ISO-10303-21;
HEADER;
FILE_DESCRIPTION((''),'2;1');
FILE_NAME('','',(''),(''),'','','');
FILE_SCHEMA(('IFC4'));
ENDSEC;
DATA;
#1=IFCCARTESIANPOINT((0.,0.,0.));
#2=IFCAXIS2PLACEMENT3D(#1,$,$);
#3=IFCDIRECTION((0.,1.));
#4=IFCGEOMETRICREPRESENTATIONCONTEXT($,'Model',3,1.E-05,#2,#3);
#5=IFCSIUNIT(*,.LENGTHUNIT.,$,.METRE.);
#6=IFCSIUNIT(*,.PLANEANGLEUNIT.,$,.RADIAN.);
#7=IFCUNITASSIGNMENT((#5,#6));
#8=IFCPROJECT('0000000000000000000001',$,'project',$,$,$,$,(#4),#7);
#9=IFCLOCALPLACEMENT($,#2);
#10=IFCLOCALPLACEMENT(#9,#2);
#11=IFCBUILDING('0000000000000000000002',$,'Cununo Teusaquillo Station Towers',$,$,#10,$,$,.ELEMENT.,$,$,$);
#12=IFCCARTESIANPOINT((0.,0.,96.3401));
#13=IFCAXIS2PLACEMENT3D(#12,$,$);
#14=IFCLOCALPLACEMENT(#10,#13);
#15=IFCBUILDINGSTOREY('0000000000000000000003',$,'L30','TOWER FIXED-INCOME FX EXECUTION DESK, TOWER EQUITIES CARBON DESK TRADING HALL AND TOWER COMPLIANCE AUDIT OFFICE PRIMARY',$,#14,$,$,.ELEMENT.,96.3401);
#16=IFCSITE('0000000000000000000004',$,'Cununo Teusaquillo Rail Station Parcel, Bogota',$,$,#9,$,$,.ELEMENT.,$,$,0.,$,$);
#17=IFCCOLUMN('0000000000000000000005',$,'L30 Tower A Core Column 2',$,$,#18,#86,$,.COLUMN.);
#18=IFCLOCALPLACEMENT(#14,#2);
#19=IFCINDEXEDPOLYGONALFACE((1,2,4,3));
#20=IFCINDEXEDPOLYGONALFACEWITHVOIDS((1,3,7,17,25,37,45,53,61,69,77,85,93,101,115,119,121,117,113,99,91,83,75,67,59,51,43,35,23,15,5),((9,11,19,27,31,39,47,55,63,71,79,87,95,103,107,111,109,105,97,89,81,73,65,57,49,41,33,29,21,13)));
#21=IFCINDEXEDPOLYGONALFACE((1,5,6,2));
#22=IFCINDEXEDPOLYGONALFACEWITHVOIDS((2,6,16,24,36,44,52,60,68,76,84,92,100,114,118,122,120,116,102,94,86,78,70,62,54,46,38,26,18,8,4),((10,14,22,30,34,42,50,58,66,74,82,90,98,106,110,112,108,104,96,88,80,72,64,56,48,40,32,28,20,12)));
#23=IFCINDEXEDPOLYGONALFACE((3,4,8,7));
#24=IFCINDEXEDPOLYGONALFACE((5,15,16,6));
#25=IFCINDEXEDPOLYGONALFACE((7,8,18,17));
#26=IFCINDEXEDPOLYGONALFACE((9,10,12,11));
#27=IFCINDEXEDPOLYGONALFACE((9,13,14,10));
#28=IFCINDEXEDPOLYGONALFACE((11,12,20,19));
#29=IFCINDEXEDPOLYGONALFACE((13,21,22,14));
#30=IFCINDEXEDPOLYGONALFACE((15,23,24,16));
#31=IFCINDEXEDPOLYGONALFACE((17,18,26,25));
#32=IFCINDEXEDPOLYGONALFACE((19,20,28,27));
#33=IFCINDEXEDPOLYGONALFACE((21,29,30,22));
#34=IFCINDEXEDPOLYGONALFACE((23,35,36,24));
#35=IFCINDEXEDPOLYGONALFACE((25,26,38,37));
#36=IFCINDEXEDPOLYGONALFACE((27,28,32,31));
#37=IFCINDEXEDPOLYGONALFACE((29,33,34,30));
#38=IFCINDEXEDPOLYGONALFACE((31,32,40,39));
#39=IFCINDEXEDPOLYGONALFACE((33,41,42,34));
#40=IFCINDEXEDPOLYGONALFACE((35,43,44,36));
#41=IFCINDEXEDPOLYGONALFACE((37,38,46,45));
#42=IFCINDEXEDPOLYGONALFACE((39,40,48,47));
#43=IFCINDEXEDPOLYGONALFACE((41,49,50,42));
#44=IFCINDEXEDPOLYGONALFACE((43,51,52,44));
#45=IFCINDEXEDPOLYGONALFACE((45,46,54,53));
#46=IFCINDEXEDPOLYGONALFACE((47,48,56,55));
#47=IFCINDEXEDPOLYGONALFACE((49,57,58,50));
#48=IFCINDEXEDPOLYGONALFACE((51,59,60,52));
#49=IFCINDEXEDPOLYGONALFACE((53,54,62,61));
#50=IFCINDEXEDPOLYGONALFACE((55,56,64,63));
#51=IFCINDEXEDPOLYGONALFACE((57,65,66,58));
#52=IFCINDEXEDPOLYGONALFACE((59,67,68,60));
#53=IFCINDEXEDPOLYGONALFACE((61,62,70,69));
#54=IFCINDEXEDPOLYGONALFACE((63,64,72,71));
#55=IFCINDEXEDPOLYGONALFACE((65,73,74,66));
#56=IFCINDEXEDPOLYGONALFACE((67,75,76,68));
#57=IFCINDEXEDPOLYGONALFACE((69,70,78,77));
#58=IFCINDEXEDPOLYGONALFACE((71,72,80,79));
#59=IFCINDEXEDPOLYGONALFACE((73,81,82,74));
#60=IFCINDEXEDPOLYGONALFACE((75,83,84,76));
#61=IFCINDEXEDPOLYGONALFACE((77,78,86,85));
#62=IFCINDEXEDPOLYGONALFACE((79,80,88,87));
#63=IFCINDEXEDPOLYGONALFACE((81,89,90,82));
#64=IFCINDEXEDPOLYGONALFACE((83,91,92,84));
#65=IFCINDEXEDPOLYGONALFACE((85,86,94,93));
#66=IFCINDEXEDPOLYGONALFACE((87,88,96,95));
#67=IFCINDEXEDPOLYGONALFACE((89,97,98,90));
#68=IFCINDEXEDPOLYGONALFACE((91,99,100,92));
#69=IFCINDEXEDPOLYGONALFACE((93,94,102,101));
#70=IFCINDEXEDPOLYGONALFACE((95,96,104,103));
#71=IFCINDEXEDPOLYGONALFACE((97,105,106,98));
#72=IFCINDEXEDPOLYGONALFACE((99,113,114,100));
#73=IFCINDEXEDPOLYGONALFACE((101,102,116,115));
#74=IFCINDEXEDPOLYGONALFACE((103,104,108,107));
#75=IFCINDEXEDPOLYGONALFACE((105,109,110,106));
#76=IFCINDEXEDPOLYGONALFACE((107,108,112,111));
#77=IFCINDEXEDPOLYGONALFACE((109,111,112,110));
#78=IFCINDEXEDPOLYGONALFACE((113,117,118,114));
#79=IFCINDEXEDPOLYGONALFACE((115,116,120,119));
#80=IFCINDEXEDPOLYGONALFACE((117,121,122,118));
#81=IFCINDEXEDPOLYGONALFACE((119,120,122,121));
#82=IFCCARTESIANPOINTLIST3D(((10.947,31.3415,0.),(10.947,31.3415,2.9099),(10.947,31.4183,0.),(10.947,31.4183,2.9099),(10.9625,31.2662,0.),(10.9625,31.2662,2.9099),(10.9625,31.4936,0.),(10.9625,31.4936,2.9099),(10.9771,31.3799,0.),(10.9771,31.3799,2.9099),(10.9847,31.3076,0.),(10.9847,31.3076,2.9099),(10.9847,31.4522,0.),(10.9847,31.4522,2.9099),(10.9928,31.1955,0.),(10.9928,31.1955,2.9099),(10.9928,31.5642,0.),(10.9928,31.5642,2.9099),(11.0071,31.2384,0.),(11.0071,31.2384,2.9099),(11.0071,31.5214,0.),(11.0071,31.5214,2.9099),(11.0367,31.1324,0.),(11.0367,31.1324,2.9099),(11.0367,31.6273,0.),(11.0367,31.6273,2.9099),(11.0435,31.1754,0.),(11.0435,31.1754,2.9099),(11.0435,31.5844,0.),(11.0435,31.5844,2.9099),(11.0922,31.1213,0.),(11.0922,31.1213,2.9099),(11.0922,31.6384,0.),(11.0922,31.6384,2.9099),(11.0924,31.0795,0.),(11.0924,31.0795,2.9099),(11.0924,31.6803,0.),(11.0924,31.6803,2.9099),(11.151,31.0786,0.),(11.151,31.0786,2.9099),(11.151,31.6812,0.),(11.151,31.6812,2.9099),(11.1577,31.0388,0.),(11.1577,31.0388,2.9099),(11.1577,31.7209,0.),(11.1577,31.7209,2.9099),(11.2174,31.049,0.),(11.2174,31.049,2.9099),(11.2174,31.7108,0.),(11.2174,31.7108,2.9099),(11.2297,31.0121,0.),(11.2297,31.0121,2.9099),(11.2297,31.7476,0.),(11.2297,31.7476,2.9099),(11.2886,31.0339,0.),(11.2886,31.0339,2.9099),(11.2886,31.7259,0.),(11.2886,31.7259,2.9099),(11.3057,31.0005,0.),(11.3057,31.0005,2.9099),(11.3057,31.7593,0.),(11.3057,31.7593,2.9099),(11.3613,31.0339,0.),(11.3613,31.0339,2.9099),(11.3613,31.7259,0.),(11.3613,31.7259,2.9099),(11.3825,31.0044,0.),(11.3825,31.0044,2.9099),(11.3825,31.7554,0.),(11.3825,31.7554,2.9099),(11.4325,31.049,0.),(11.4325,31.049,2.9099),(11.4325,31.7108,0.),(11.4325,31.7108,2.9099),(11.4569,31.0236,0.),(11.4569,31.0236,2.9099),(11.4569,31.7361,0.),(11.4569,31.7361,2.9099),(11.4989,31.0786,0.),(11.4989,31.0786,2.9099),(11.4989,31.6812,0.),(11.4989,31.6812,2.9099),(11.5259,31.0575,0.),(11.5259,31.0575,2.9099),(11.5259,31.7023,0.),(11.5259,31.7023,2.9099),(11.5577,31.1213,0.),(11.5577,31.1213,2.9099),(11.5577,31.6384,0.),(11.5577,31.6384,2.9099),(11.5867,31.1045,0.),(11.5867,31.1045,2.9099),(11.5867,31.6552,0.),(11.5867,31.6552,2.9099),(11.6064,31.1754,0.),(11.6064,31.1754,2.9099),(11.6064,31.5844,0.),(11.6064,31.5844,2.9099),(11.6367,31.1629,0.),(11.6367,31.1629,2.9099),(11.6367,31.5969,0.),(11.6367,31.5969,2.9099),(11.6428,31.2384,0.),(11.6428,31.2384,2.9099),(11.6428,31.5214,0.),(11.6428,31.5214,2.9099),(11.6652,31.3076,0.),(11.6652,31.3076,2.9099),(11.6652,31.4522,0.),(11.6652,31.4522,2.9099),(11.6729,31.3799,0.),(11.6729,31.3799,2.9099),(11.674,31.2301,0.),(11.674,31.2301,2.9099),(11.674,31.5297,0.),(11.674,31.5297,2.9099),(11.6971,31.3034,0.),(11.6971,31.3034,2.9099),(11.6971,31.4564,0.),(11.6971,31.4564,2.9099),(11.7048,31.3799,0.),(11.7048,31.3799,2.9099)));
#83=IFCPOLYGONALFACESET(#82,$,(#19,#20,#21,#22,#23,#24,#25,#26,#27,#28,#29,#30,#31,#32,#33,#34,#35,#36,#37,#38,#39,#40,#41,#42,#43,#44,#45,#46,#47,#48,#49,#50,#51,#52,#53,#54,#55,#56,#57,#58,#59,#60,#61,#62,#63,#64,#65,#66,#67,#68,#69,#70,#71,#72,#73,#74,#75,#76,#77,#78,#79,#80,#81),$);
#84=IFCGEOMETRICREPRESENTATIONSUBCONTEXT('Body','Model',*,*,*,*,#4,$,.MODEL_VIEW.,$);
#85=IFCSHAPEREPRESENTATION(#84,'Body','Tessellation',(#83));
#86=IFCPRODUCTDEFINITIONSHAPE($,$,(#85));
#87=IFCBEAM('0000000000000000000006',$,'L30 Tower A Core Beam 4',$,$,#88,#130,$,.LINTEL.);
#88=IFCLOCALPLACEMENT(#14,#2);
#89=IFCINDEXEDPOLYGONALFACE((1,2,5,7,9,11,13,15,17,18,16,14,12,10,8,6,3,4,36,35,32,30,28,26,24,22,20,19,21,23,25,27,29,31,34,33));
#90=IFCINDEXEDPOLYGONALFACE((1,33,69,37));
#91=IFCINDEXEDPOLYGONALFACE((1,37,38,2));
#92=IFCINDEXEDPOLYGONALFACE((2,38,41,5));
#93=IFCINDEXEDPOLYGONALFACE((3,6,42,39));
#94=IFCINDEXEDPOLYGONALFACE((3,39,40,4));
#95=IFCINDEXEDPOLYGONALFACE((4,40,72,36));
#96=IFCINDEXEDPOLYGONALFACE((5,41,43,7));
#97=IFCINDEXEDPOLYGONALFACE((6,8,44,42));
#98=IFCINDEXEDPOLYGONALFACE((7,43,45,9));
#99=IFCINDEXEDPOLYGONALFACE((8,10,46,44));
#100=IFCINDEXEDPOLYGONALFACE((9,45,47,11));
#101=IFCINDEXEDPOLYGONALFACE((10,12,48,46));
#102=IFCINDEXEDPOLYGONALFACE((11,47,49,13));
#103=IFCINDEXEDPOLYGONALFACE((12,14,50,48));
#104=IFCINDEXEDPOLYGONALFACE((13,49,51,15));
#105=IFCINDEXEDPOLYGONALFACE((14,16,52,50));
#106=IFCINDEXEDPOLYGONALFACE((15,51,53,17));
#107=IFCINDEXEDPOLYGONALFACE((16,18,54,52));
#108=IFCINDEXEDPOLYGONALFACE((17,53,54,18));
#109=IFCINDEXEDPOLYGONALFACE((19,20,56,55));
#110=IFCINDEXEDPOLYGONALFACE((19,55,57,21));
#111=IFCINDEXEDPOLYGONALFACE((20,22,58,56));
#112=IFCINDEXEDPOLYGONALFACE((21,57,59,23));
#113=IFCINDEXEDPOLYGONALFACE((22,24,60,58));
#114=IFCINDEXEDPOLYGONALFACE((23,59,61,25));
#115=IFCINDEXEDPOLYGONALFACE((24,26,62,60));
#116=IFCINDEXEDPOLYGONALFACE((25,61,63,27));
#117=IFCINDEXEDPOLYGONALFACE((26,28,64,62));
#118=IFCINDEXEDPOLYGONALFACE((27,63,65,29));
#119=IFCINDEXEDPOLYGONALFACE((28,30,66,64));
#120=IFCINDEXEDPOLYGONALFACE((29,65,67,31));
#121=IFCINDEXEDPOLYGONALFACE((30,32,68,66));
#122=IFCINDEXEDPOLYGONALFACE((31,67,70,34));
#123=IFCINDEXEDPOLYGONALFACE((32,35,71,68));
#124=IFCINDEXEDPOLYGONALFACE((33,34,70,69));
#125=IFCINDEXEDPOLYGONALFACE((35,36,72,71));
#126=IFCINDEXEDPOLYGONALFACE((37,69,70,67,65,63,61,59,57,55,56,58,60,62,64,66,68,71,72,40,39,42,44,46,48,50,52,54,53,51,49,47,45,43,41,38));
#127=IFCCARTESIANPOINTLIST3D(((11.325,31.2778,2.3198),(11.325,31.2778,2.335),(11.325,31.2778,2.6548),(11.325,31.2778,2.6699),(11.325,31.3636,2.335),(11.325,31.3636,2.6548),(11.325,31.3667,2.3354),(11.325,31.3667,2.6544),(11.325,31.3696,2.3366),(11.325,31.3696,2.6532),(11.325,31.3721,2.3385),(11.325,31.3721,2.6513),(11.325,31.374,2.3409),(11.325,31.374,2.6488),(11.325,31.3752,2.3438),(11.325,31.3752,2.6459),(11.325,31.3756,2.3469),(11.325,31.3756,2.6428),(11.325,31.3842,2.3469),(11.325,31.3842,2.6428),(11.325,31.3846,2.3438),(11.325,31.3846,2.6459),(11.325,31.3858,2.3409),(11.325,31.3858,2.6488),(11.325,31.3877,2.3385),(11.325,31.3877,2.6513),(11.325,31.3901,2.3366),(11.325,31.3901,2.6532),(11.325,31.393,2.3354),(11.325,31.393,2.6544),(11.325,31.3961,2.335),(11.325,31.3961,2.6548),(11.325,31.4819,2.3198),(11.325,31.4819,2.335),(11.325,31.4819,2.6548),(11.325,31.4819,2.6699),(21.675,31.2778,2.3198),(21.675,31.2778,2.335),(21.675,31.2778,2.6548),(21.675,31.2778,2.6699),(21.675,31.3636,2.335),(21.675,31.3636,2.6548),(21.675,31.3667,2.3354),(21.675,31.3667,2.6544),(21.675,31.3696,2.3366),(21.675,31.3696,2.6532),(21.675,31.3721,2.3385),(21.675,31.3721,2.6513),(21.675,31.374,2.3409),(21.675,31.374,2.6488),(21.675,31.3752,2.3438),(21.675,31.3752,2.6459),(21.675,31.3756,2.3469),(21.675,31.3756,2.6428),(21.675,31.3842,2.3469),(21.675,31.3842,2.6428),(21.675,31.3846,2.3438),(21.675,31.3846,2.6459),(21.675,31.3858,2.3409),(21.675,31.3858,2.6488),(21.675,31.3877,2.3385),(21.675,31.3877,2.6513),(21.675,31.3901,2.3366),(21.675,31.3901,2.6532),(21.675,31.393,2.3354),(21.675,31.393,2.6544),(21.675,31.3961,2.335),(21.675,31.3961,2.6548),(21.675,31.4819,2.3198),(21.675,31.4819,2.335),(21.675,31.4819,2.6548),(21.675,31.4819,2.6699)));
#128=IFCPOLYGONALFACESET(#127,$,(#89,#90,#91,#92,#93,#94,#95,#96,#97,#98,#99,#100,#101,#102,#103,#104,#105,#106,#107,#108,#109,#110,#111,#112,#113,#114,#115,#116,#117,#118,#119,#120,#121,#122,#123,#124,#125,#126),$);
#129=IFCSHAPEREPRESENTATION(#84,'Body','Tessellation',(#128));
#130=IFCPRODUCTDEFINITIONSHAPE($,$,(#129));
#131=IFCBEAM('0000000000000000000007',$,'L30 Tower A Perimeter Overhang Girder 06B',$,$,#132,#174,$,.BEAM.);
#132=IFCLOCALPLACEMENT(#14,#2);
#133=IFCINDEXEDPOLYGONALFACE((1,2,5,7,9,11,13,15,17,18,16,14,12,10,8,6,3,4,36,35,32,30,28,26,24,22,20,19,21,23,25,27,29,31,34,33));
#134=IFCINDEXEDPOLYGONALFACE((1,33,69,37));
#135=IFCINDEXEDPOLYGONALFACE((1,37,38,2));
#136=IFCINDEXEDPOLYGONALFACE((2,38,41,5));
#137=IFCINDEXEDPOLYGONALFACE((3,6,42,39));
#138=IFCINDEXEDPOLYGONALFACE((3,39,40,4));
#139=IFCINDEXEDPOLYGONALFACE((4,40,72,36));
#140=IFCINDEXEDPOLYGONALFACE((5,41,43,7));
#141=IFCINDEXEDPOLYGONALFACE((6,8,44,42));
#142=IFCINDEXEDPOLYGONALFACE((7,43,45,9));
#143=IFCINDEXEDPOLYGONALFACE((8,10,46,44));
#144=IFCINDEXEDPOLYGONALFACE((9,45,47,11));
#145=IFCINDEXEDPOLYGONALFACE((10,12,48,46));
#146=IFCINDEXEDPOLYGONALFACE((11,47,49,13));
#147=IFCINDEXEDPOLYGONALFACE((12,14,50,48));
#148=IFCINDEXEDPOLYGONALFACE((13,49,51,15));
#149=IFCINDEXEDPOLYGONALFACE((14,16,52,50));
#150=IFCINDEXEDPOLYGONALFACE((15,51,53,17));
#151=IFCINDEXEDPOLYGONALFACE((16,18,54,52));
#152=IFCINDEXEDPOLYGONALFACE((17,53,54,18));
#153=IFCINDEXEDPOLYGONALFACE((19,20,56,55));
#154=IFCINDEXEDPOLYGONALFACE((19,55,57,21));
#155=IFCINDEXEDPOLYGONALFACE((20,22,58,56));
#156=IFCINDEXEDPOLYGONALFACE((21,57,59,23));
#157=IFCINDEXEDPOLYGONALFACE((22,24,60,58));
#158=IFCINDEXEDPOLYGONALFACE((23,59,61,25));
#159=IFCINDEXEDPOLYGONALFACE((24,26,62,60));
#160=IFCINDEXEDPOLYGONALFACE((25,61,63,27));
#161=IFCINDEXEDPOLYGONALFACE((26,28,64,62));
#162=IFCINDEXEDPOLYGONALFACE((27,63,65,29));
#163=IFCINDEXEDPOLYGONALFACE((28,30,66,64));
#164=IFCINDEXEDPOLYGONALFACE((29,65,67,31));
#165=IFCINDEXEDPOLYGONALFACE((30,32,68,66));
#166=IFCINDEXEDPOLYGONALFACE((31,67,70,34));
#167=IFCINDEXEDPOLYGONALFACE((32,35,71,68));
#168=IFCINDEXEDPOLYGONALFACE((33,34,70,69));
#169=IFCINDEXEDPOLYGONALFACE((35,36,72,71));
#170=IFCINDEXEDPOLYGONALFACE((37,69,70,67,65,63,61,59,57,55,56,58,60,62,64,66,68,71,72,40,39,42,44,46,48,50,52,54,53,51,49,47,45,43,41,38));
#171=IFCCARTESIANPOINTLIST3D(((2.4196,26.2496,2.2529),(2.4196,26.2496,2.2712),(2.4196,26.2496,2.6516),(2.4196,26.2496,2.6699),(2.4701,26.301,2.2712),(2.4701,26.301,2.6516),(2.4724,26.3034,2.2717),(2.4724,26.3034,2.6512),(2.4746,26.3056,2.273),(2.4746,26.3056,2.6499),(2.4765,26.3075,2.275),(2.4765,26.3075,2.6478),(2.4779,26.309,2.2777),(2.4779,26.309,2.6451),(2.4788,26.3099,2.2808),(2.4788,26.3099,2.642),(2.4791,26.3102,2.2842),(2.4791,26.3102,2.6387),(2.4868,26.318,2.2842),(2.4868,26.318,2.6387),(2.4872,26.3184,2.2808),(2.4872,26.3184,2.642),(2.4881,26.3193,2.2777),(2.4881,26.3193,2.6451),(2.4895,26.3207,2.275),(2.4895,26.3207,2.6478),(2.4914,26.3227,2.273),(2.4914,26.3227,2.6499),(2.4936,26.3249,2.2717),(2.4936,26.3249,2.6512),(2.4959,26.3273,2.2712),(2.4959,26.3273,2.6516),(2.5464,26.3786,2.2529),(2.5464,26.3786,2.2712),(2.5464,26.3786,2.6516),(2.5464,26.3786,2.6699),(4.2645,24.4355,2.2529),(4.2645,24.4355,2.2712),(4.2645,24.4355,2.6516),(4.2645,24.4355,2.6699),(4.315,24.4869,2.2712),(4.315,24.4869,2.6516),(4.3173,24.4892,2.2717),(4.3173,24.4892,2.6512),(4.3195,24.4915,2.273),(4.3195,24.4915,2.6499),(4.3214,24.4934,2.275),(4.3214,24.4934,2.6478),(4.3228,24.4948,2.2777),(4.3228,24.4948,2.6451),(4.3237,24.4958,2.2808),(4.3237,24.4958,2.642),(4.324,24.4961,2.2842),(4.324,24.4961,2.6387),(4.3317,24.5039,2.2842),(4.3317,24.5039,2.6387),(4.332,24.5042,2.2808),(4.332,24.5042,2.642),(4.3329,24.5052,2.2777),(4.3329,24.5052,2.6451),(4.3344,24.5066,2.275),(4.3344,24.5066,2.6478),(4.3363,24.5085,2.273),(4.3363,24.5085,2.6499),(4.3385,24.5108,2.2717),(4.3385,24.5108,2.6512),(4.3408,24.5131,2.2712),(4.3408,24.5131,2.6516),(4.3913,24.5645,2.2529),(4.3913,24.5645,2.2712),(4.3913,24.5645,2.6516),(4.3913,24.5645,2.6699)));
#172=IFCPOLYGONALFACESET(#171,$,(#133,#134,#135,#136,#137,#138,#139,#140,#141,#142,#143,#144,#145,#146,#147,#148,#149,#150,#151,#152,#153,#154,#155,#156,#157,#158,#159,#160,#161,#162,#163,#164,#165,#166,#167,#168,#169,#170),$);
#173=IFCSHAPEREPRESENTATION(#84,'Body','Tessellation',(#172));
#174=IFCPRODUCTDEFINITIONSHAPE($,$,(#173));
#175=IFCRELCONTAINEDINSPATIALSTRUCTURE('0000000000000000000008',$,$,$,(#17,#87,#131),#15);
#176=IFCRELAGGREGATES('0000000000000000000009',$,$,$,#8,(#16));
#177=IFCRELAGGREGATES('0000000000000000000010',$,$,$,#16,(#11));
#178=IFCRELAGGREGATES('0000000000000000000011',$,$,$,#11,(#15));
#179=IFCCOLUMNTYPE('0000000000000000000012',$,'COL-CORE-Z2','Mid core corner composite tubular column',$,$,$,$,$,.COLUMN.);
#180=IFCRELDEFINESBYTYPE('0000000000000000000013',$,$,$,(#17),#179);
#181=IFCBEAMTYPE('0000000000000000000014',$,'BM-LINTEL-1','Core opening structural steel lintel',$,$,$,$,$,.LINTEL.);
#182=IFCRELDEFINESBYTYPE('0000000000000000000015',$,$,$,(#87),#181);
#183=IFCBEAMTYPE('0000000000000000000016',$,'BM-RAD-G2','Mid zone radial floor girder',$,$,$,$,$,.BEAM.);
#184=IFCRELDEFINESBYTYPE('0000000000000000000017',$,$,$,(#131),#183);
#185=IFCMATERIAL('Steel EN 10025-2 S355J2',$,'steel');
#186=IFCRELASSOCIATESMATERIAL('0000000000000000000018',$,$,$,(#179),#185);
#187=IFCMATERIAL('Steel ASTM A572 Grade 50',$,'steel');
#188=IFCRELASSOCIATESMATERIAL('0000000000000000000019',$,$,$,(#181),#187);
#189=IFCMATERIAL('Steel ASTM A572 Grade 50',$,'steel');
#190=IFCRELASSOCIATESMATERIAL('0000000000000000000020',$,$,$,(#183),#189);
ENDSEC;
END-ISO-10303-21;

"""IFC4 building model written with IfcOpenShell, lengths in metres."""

from ifc_helpers import new_model, si_unit, direction, frame, origin, origin_2d, place, context, subcontext, project, spatial, hollow_circle, i_section, extrude, material, material_profile, profile_set, type_object, element, save


model = new_model("IFC4")

# Units and contexts
model_context = context("Model", 3, precision=1e-05, world=origin(), true_north=direction((0.0, 1.0)))
body_context = subcontext(model_context, "Body", "Model", "MODEL_VIEW")
ifc_project = project(units=[si_unit("LENGTHUNIT", "METRE"), si_unit("PLANEANGLEUNIT", "RADIAN")], contexts=[model_context])

# Site, building, storey
site_placement = place(None, origin())
site = spatial("IfcSite", under=ifc_project, at=site_placement, Name="Cununo Teusaquillo Rail Station Parcel, Bogota", CompositionType="ELEMENT", RefElevation=0.0)
building_placement = place(site_placement, origin())
building = spatial("IfcBuilding", under=site, at=building_placement, Name="Cununo Teusaquillo Station Towers", CompositionType="ELEMENT")
storey_placement = place(building_placement, frame((0.0, 0.0, 96.3401)))
storey = spatial("IfcBuildingStorey", under=building, at=storey_placement, Name="L30", Description="TOWER FIXED-INCOME FX EXECUTION DESK, TOWER EQUITIES CARBON DESK TRADING HALL AND TOWER COMPLIANCE AUDIT OFFICE PRIMARY", CompositionType="ELEMENT", Elevation=96.3401)

# Column
ifc_material_1 = material(Name="Steel EN 10025-2 S355J2", Category="steel")
ifc_material_profile_1 = material_profile(ifc_material_1, hollow_circle(Radius=0.3799, WallThickness=0.032, at=origin_2d()), Name="CHS 760x32")
ifc_profile_set_1 = profile_set([ifc_material_profile_1], Name="Steel EN 10025-2 S355J2")
column_type = type_object("IfcColumnType", Name="COL-CORE-Z2", Description="Mid core corner composite tubular column", PredefinedType="COLUMN", material=ifc_profile_set_1)
column_placement = place(storey_placement, frame((11.325, 31.3799, 0.0), z_axis=(0.0, 0.0, 1.0), x_axis=(1.0, 0.0, 0.0)))
element("IfcColumn", 1, at=column_placement, inside=storey, type_object=column_type, Name="L30 Tower A Core Column 2", PredefinedType="COLUMN", context=body_context, shape_type="SweptSolid", body=[
    extrude(hollow_circle(Radius=0.3799, WallThickness=0.032, at=origin_2d()), origin(), (0.0, 0.0, 1.0), 2.9099),
])

# Beams
ifc_material_2 = material(Name="Steel ASTM A572 Grade 50", Category="steel")
ifc_material_profile_2 = material_profile(ifc_material_2, i_section(OverallWidth=0.2041, OverallDepth=0.3501, WebThickness=0.0085, FlangeThickness=0.0151, FilletRadius=0.012, at=origin_2d()), Name="W14X48")
ifc_profile_set_2 = profile_set([ifc_material_profile_2], Name="Steel ASTM A572 Grade 50")
beam_type_1 = type_object("IfcBeamType", Name="BM-LINTEL-1", Description="Core opening structural steel lintel", PredefinedType="LINTEL", material=ifc_profile_set_2)
beam_1_placement = place(storey_placement, frame((11.325, 31.3799, 2.4949), z_axis=(1.0, 0.0, 0.0), x_axis=(0.0, 1.0, 0.0)))
element("IfcBeam", 2, at=beam_1_placement, inside=storey, type_object=beam_type_1, Name="L30 Tower A Core Beam 4", PredefinedType="LINTEL", context=body_context, shape_type="SweptSolid", body=[
    extrude(i_section(OverallWidth=0.2041, OverallDepth=0.3501, WebThickness=0.0085, FlangeThickness=0.0151, FilletRadius=0.012, at=origin_2d()), origin(), (0.0, 0.0, 1.0), 10.3501),
])
ifc_material_3 = material(Name="Steel ASTM A572 Grade 50", Category="steel")
ifc_material_profile_3 = material_profile(ifc_material_3, i_section(OverallWidth=0.1809, OverallDepth=0.417, WebThickness=0.011, FlangeThickness=0.0183, FilletRadius=0.0129, at=origin_2d()), Name="W16X57")
ifc_profile_set_3 = profile_set([ifc_material_profile_3], Name="Steel ASTM A572 Grade 50")
beam_type_2 = type_object("IfcBeamType", Name="BM-RAD-G2", Description="Mid zone radial floor girder", PredefinedType="BEAM", material=ifc_profile_set_3)
beam_2_placement = place(storey_placement, frame((4.3279, 24.5, 2.4614), z_axis=(-0.713026, 0.701138, 0.0), x_axis=(-0.701138, -0.713026, 0.0)))
element("IfcBeam", 3, at=beam_2_placement, inside=storey, type_object=beam_type_2, Name="L30 Tower A Perimeter Overhang Girder 06B", PredefinedType="BEAM", context=body_context, shape_type="SweptSolid", body=[
    extrude(i_section(OverallWidth=0.1809, OverallDepth=0.417, WebThickness=0.011, FlangeThickness=0.0183, FilletRadius=0.0129, at=origin_2d()), origin(), (0.0, 0.0, 1.0), 2.5874),
])

save(model, "model.ifc")
